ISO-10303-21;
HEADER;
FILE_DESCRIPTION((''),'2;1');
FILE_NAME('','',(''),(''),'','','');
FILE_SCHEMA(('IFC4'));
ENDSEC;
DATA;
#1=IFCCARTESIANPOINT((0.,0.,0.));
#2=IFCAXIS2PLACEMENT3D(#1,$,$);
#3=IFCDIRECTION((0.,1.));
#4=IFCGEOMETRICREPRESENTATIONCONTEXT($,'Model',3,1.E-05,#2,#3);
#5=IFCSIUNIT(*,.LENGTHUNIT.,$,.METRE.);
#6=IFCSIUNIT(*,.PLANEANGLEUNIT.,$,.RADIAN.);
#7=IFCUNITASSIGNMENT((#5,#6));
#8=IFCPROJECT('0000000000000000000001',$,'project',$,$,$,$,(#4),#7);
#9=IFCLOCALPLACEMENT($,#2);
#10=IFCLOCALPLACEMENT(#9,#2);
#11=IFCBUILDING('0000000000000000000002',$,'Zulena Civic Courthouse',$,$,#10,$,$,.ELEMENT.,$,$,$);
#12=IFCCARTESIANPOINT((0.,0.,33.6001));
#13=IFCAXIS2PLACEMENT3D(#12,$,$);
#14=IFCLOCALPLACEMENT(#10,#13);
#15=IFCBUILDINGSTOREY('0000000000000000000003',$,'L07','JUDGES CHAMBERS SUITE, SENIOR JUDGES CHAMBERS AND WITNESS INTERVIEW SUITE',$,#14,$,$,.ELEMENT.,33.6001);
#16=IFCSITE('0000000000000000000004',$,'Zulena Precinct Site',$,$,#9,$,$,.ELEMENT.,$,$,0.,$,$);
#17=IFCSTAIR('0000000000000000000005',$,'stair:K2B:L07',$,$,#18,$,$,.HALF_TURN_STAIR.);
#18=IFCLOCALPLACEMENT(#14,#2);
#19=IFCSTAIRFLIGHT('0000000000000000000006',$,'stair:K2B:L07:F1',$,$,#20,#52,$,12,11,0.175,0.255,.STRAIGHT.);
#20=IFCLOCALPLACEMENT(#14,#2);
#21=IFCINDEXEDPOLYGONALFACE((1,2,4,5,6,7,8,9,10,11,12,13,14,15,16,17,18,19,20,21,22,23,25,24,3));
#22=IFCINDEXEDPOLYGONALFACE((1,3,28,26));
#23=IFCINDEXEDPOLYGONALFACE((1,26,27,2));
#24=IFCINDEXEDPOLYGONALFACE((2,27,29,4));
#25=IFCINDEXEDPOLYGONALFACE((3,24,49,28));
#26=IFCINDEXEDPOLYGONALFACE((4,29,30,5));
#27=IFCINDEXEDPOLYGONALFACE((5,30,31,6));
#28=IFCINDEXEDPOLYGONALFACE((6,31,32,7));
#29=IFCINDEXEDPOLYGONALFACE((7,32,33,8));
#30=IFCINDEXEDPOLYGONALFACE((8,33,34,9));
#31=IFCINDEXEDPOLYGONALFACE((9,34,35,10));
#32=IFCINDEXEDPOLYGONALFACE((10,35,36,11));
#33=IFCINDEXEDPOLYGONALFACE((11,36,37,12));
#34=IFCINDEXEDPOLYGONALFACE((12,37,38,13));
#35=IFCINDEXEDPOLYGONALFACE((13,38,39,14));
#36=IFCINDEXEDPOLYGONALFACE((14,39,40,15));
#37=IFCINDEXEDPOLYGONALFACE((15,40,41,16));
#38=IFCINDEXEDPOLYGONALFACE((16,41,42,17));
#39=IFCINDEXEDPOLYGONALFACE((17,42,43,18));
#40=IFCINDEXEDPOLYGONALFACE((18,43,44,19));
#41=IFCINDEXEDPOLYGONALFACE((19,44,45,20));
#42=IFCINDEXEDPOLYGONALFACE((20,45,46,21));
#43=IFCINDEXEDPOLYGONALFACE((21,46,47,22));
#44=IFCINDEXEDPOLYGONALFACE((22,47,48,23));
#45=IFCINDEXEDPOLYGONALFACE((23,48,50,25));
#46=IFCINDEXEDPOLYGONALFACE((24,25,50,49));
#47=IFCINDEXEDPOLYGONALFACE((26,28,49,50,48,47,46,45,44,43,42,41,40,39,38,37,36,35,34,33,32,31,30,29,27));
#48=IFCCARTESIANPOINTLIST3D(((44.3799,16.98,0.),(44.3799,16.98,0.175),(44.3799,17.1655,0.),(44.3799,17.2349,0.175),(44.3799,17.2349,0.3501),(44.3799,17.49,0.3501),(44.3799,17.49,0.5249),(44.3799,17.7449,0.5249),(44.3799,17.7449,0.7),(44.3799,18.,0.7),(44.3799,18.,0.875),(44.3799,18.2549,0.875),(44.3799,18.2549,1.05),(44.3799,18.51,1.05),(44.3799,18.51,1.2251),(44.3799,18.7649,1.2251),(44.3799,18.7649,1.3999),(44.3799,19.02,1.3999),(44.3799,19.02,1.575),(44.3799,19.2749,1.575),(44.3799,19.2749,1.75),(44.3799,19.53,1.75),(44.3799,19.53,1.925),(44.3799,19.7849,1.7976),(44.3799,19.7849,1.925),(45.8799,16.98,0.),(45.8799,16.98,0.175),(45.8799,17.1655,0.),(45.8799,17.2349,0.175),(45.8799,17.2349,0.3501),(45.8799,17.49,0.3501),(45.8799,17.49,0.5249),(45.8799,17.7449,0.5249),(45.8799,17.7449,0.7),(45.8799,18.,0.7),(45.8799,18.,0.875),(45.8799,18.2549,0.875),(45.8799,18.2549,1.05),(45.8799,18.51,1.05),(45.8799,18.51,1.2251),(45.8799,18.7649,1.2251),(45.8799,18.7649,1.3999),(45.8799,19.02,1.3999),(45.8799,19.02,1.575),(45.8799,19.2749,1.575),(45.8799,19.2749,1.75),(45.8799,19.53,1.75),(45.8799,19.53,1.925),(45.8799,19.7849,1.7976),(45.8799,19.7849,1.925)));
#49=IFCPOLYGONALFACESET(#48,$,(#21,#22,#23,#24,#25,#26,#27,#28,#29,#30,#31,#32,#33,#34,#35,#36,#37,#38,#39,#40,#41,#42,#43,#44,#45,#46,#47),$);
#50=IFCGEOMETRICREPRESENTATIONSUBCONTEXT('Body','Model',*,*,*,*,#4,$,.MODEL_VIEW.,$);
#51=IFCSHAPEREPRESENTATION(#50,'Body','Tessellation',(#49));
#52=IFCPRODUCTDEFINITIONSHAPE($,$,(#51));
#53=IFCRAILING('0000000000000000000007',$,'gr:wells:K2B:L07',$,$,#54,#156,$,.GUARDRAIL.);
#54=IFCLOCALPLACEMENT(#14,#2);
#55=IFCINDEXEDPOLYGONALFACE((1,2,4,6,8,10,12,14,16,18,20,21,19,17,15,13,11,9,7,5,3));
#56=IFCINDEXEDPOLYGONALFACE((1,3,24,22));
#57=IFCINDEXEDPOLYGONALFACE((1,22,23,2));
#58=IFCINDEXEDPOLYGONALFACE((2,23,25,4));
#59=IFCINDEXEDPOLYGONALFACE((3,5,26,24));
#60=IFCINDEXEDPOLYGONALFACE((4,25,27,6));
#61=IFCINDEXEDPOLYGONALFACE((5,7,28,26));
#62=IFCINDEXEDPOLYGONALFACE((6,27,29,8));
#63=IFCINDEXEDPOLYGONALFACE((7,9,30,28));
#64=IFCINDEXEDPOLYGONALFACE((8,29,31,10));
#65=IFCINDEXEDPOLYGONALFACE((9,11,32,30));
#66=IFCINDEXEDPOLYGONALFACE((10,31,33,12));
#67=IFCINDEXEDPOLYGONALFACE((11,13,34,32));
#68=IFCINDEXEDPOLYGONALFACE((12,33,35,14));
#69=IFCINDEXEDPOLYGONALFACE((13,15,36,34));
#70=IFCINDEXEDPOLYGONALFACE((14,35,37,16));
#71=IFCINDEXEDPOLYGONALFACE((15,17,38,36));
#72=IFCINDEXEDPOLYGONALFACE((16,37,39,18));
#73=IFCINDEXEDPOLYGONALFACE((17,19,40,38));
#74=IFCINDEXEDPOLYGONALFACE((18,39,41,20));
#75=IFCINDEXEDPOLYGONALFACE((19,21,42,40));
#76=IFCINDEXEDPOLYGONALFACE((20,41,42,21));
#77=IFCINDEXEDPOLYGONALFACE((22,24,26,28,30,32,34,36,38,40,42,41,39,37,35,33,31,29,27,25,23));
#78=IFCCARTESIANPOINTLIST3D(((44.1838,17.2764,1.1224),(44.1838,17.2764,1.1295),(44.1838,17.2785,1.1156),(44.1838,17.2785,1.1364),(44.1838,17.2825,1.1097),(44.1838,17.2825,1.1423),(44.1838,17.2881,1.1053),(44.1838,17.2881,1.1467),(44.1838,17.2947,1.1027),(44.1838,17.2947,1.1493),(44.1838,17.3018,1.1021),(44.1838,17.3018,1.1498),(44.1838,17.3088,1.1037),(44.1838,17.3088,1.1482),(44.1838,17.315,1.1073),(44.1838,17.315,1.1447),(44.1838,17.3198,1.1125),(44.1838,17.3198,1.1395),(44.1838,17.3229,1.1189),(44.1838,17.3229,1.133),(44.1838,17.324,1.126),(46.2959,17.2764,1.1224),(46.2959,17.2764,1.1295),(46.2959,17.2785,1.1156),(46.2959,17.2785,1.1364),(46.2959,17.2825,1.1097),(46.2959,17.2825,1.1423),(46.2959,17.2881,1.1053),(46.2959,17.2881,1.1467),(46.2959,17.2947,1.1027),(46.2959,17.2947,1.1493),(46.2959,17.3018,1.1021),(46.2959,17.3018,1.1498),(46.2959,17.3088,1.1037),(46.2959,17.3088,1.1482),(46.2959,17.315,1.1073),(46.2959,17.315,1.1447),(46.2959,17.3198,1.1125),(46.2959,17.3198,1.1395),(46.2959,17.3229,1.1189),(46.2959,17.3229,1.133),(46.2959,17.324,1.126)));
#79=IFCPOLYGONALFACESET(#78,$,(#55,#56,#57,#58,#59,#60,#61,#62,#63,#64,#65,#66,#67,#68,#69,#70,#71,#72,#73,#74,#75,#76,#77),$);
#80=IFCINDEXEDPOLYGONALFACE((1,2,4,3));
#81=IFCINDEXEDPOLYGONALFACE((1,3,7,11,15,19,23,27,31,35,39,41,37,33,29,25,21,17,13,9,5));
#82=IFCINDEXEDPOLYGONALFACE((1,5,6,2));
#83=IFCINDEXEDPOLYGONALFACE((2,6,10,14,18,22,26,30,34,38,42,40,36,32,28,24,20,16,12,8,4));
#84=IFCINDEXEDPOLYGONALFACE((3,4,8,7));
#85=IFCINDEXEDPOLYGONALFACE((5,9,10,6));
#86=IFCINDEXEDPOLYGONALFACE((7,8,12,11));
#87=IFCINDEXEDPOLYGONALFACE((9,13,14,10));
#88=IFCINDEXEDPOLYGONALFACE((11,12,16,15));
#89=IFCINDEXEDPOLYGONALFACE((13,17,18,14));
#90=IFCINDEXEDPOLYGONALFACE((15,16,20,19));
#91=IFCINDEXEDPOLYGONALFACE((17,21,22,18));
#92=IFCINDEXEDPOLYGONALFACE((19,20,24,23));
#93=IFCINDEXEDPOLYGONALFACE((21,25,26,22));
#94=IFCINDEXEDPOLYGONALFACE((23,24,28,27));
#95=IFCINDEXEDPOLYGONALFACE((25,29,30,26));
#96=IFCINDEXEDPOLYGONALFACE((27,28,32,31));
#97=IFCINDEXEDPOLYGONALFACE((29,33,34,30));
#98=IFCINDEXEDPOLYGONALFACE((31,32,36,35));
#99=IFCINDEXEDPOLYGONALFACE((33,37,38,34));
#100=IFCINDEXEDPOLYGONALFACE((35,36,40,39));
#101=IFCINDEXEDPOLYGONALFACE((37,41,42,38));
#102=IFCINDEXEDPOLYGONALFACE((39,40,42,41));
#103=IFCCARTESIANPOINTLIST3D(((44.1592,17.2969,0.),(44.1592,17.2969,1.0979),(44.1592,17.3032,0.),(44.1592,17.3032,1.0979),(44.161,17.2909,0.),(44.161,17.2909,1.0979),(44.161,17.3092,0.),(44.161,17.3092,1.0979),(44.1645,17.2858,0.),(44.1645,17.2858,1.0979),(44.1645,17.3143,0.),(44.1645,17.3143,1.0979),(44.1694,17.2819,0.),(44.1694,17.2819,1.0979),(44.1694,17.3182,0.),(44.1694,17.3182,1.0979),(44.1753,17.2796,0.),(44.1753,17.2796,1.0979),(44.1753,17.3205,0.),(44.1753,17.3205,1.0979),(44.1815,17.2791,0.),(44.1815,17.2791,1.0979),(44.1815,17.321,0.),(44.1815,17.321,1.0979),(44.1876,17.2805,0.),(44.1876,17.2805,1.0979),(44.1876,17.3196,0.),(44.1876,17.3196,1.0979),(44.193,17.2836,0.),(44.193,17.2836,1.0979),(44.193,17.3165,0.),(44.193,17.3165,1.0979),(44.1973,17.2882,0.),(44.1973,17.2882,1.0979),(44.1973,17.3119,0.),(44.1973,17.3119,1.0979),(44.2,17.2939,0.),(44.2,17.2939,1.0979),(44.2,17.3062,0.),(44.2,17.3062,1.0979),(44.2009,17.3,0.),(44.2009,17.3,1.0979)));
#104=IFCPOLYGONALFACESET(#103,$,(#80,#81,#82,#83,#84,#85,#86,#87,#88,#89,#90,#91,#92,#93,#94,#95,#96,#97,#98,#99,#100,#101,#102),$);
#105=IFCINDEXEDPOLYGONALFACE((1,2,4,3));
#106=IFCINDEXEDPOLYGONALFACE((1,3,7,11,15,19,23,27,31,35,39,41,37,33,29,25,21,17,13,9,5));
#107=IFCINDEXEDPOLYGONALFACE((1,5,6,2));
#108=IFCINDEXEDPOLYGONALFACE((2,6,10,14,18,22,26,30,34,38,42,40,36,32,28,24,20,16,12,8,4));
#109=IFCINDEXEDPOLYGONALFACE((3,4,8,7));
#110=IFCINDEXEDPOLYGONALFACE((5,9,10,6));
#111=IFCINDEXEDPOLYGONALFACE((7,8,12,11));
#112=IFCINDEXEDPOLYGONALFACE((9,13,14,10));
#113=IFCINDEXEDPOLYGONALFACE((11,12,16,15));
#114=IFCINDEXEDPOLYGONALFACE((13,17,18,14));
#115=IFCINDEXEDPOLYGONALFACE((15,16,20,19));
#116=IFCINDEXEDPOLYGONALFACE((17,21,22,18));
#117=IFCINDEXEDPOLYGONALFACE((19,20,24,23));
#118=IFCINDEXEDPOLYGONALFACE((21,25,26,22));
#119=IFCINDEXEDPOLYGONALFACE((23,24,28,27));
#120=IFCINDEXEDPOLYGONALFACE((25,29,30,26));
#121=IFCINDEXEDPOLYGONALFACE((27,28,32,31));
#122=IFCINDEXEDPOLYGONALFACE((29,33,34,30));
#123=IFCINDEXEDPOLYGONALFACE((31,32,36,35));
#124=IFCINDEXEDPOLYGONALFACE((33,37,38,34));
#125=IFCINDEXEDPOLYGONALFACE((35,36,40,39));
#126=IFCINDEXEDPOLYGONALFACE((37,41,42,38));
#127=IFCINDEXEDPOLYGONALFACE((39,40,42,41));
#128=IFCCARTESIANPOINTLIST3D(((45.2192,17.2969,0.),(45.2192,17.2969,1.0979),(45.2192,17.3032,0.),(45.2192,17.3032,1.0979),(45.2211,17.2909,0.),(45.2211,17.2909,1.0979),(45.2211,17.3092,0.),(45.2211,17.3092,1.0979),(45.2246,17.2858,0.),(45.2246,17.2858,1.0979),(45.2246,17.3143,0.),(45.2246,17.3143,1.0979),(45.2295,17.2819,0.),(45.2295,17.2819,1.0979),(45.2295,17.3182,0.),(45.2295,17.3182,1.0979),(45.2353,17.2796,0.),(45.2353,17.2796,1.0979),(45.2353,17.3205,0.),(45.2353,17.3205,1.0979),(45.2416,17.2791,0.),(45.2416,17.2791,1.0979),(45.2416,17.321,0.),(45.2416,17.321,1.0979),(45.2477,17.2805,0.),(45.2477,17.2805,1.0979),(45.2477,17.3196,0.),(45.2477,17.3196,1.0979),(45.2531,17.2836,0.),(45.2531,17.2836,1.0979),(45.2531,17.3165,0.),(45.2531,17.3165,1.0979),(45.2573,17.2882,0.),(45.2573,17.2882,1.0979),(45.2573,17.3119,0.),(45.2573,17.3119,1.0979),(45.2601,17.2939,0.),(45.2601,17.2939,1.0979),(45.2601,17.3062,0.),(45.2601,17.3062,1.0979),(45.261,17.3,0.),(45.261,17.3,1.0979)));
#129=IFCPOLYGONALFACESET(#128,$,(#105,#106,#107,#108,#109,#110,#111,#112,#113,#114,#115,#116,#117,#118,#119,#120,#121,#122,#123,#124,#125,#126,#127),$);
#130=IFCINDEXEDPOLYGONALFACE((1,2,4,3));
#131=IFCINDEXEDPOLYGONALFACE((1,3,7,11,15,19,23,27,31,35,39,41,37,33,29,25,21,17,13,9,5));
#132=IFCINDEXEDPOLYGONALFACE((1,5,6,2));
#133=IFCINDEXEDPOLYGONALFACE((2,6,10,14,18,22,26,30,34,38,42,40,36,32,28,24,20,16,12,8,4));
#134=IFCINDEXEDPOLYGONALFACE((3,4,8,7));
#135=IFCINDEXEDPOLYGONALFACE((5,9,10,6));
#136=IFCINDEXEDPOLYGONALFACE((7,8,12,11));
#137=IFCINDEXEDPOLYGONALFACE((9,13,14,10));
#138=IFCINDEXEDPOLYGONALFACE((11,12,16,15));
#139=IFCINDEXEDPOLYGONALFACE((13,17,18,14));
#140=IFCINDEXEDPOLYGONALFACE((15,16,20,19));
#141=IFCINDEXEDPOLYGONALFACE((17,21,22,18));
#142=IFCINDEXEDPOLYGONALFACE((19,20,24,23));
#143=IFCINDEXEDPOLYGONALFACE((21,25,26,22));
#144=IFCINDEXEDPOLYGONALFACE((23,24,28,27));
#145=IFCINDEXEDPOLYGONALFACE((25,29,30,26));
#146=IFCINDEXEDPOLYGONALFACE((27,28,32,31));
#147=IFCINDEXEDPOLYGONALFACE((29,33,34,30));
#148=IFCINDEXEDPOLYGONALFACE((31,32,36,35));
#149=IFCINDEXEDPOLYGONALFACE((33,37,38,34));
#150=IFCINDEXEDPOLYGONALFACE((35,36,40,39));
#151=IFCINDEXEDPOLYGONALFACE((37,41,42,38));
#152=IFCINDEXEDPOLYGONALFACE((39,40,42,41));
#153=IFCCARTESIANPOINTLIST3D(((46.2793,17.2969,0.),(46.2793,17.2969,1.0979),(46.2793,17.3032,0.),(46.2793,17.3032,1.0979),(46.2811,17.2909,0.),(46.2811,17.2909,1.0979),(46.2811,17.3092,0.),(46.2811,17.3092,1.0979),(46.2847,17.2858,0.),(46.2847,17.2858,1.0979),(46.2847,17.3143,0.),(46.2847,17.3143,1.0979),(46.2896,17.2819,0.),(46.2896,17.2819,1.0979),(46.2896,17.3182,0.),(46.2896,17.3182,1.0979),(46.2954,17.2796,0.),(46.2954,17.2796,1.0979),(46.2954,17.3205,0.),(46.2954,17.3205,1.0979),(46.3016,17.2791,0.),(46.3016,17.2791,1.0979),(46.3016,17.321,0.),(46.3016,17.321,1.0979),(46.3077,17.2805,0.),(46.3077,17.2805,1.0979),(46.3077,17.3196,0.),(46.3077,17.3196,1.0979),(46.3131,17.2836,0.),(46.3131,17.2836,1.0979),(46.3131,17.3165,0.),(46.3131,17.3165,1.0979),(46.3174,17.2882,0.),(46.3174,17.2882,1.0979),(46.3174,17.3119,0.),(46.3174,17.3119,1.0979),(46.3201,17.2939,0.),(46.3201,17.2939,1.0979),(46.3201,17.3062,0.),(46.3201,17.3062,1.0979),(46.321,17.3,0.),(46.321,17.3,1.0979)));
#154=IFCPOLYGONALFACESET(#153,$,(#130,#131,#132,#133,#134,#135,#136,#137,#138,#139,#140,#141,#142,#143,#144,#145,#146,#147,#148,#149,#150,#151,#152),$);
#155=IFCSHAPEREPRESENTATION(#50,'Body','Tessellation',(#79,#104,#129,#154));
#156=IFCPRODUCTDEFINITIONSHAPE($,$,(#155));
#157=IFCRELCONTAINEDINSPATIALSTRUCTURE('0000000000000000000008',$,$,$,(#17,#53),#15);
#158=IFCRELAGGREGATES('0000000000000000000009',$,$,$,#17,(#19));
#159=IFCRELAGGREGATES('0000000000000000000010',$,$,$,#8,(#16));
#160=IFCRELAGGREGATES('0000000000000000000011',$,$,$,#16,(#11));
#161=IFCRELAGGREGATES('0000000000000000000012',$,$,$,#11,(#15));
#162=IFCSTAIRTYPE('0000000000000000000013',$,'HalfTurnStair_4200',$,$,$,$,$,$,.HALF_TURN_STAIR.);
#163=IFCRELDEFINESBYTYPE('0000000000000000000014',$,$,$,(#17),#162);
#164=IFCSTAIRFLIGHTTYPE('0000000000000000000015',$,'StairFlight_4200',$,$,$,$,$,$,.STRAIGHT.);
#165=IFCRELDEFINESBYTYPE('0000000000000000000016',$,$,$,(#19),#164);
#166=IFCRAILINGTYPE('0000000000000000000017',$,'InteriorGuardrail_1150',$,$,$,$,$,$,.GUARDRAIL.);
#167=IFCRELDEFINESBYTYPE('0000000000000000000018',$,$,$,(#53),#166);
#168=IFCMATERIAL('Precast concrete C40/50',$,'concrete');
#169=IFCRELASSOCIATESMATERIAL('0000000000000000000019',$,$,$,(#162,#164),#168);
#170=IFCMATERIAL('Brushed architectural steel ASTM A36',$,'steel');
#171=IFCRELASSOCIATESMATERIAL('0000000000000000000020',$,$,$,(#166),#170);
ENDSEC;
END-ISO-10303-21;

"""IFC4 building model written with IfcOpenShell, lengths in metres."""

from ifc_helpers import new_model, si_unit, direction, frame, origin, origin_2d, place, context, subcontext, project, spatial, polyline, circle, outline, extrude, material, type_object, element, aggregate, save


model = new_model("IFC4")

# Units and contexts
model_context = context("Model", 3, precision=1e-05, world=origin(), true_north=direction((0.0, 1.0)))
body_context = subcontext(model_context, "Body", "Model", "MODEL_VIEW")
ifc_project = project(units=[si_unit("LENGTHUNIT", "METRE"), si_unit("PLANEANGLEUNIT", "RADIAN")], contexts=[model_context])

# Site, building, storey
site_placement = place(None, origin())
site = spatial("IfcSite", under=ifc_project, at=site_placement, Name="Zulena Precinct Site", CompositionType="ELEMENT", RefElevation=0.0)
building_placement = place(site_placement, origin())
building = spatial("IfcBuilding", under=site, at=building_placement, Name="Zulena Civic Courthouse", CompositionType="ELEMENT")
storey_placement = place(building_placement, frame((0.0, 0.0, 33.6001)))
storey = spatial("IfcBuildingStorey", under=building, at=storey_placement, Name="L07", Description="JUDGES CHAMBERS SUITE, SENIOR JUDGES CHAMBERS AND WITNESS INTERVIEW SUITE", CompositionType="ELEMENT", Elevation=33.6001)

# Stair, stair flight
ifc_material_1 = material(Name="Precast concrete C40/50", Category="concrete")
stair_type = type_object("IfcStairType", Name="HalfTurnStair_4200", PredefinedType="HALF_TURN_STAIR", material=ifc_material_1)
stair_placement = place(storey_placement, origin())
stair = element("IfcStair", 1, at=stair_placement, inside=storey, type_object=stair_type, Name="stair:K2B:L07", PredefinedType="HALF_TURN_STAIR")
stair_flight_type = type_object("IfcStairFlightType", Name="StairFlight_4200", PredefinedType="STRAIGHT", material=ifc_material_1)
stair_flight_placement = place(storey_placement, frame((45.1299, 16.98, 0.0), z_axis=(0.0, 0.0, 1.0), x_axis=(0.0, 1.0, 0.0)))
stair_flight = element("IfcStairFlight", 2, at=stair_flight_placement, type_object=stair_flight_type, Name="stair:K2B:L07:F1", NumberOfRisers=12, NumberOfTreads=11, PredefinedType="STRAIGHT", RiserHeight=0.175, TreadLength=0.255, context=body_context, shape_type="SweptSolid", body=[
    extrude(outline(polyline([(0.0, 0.0), (0.0, 0.175), (0.2549, 0.175), (0.2549, 0.3501), (0.51, 0.3501), (0.51, 0.5249), (0.7649, 0.5249), (0.7649, 0.7), (1.02, 0.7), (1.02, 0.875), (1.2749, 0.875), (1.2749, 1.05), (1.53, 1.05), (1.53, 1.2251), (1.7849, 1.2251), (1.7849, 1.3999), (2.04, 1.3999), (2.04, 1.575), (2.2949, 1.575), (2.2949, 1.75), (2.55, 1.75), (2.55, 1.925), (2.8049, 1.925), (2.8049, 2.1001), (2.8049, 1.7976), (0.1855, 0.0), (0.0, 0.0)])), frame((0.0, 0.75, 0.0), z_axis=(0.0, -1.0, 0.0), x_axis=(1.0, 0.0, 0.0)), (0.0, 0.0, 1.0), 1.5),
])
aggregate(stair, [stair_flight])

# Railing
ifc_material_2 = material(Name="Brushed architectural steel ASTM A36", Category="steel")
railing_type_1 = type_object("IfcRailingType", Name="InteriorGuardrail_1150", PredefinedType="GUARDRAIL", material=ifc_material_2)
railing_1_placement = place(storey_placement, frame((44.1799, 17.3, 0.0)))
element("IfcRailing", 3, at=railing_1_placement, inside=storey, type_object=railing_type_1, Name="gr:wells:K2B:L07", PredefinedType="GUARDRAIL", context=body_context, shape_type="SweptSolid", body=[
    extrude(circle(Radius=0.0239, at=origin_2d()), frame((0.0039, 0.0, 1.126), z_axis=(1.0, 0.0, 0.0), x_axis=(0.0, 1.0, 0.0)), (0.0, 0.0, 1.0), 2.1121),
    extrude(circle(Radius=0.021, at=origin_2d()), origin(), (0.0, 0.0, 1.0), 1.0979),
    extrude(circle(Radius=0.021, at=origin_2d()), frame((1.0601, 0.0, 0.0)), (0.0, 0.0, 1.0), 1.0979),
    extrude(circle(Radius=0.021, at=origin_2d()), frame((2.1201, 0.0, 0.0)), (0.0, 0.0, 1.0), 1.0979),
])

save(model, "model.ifc")
